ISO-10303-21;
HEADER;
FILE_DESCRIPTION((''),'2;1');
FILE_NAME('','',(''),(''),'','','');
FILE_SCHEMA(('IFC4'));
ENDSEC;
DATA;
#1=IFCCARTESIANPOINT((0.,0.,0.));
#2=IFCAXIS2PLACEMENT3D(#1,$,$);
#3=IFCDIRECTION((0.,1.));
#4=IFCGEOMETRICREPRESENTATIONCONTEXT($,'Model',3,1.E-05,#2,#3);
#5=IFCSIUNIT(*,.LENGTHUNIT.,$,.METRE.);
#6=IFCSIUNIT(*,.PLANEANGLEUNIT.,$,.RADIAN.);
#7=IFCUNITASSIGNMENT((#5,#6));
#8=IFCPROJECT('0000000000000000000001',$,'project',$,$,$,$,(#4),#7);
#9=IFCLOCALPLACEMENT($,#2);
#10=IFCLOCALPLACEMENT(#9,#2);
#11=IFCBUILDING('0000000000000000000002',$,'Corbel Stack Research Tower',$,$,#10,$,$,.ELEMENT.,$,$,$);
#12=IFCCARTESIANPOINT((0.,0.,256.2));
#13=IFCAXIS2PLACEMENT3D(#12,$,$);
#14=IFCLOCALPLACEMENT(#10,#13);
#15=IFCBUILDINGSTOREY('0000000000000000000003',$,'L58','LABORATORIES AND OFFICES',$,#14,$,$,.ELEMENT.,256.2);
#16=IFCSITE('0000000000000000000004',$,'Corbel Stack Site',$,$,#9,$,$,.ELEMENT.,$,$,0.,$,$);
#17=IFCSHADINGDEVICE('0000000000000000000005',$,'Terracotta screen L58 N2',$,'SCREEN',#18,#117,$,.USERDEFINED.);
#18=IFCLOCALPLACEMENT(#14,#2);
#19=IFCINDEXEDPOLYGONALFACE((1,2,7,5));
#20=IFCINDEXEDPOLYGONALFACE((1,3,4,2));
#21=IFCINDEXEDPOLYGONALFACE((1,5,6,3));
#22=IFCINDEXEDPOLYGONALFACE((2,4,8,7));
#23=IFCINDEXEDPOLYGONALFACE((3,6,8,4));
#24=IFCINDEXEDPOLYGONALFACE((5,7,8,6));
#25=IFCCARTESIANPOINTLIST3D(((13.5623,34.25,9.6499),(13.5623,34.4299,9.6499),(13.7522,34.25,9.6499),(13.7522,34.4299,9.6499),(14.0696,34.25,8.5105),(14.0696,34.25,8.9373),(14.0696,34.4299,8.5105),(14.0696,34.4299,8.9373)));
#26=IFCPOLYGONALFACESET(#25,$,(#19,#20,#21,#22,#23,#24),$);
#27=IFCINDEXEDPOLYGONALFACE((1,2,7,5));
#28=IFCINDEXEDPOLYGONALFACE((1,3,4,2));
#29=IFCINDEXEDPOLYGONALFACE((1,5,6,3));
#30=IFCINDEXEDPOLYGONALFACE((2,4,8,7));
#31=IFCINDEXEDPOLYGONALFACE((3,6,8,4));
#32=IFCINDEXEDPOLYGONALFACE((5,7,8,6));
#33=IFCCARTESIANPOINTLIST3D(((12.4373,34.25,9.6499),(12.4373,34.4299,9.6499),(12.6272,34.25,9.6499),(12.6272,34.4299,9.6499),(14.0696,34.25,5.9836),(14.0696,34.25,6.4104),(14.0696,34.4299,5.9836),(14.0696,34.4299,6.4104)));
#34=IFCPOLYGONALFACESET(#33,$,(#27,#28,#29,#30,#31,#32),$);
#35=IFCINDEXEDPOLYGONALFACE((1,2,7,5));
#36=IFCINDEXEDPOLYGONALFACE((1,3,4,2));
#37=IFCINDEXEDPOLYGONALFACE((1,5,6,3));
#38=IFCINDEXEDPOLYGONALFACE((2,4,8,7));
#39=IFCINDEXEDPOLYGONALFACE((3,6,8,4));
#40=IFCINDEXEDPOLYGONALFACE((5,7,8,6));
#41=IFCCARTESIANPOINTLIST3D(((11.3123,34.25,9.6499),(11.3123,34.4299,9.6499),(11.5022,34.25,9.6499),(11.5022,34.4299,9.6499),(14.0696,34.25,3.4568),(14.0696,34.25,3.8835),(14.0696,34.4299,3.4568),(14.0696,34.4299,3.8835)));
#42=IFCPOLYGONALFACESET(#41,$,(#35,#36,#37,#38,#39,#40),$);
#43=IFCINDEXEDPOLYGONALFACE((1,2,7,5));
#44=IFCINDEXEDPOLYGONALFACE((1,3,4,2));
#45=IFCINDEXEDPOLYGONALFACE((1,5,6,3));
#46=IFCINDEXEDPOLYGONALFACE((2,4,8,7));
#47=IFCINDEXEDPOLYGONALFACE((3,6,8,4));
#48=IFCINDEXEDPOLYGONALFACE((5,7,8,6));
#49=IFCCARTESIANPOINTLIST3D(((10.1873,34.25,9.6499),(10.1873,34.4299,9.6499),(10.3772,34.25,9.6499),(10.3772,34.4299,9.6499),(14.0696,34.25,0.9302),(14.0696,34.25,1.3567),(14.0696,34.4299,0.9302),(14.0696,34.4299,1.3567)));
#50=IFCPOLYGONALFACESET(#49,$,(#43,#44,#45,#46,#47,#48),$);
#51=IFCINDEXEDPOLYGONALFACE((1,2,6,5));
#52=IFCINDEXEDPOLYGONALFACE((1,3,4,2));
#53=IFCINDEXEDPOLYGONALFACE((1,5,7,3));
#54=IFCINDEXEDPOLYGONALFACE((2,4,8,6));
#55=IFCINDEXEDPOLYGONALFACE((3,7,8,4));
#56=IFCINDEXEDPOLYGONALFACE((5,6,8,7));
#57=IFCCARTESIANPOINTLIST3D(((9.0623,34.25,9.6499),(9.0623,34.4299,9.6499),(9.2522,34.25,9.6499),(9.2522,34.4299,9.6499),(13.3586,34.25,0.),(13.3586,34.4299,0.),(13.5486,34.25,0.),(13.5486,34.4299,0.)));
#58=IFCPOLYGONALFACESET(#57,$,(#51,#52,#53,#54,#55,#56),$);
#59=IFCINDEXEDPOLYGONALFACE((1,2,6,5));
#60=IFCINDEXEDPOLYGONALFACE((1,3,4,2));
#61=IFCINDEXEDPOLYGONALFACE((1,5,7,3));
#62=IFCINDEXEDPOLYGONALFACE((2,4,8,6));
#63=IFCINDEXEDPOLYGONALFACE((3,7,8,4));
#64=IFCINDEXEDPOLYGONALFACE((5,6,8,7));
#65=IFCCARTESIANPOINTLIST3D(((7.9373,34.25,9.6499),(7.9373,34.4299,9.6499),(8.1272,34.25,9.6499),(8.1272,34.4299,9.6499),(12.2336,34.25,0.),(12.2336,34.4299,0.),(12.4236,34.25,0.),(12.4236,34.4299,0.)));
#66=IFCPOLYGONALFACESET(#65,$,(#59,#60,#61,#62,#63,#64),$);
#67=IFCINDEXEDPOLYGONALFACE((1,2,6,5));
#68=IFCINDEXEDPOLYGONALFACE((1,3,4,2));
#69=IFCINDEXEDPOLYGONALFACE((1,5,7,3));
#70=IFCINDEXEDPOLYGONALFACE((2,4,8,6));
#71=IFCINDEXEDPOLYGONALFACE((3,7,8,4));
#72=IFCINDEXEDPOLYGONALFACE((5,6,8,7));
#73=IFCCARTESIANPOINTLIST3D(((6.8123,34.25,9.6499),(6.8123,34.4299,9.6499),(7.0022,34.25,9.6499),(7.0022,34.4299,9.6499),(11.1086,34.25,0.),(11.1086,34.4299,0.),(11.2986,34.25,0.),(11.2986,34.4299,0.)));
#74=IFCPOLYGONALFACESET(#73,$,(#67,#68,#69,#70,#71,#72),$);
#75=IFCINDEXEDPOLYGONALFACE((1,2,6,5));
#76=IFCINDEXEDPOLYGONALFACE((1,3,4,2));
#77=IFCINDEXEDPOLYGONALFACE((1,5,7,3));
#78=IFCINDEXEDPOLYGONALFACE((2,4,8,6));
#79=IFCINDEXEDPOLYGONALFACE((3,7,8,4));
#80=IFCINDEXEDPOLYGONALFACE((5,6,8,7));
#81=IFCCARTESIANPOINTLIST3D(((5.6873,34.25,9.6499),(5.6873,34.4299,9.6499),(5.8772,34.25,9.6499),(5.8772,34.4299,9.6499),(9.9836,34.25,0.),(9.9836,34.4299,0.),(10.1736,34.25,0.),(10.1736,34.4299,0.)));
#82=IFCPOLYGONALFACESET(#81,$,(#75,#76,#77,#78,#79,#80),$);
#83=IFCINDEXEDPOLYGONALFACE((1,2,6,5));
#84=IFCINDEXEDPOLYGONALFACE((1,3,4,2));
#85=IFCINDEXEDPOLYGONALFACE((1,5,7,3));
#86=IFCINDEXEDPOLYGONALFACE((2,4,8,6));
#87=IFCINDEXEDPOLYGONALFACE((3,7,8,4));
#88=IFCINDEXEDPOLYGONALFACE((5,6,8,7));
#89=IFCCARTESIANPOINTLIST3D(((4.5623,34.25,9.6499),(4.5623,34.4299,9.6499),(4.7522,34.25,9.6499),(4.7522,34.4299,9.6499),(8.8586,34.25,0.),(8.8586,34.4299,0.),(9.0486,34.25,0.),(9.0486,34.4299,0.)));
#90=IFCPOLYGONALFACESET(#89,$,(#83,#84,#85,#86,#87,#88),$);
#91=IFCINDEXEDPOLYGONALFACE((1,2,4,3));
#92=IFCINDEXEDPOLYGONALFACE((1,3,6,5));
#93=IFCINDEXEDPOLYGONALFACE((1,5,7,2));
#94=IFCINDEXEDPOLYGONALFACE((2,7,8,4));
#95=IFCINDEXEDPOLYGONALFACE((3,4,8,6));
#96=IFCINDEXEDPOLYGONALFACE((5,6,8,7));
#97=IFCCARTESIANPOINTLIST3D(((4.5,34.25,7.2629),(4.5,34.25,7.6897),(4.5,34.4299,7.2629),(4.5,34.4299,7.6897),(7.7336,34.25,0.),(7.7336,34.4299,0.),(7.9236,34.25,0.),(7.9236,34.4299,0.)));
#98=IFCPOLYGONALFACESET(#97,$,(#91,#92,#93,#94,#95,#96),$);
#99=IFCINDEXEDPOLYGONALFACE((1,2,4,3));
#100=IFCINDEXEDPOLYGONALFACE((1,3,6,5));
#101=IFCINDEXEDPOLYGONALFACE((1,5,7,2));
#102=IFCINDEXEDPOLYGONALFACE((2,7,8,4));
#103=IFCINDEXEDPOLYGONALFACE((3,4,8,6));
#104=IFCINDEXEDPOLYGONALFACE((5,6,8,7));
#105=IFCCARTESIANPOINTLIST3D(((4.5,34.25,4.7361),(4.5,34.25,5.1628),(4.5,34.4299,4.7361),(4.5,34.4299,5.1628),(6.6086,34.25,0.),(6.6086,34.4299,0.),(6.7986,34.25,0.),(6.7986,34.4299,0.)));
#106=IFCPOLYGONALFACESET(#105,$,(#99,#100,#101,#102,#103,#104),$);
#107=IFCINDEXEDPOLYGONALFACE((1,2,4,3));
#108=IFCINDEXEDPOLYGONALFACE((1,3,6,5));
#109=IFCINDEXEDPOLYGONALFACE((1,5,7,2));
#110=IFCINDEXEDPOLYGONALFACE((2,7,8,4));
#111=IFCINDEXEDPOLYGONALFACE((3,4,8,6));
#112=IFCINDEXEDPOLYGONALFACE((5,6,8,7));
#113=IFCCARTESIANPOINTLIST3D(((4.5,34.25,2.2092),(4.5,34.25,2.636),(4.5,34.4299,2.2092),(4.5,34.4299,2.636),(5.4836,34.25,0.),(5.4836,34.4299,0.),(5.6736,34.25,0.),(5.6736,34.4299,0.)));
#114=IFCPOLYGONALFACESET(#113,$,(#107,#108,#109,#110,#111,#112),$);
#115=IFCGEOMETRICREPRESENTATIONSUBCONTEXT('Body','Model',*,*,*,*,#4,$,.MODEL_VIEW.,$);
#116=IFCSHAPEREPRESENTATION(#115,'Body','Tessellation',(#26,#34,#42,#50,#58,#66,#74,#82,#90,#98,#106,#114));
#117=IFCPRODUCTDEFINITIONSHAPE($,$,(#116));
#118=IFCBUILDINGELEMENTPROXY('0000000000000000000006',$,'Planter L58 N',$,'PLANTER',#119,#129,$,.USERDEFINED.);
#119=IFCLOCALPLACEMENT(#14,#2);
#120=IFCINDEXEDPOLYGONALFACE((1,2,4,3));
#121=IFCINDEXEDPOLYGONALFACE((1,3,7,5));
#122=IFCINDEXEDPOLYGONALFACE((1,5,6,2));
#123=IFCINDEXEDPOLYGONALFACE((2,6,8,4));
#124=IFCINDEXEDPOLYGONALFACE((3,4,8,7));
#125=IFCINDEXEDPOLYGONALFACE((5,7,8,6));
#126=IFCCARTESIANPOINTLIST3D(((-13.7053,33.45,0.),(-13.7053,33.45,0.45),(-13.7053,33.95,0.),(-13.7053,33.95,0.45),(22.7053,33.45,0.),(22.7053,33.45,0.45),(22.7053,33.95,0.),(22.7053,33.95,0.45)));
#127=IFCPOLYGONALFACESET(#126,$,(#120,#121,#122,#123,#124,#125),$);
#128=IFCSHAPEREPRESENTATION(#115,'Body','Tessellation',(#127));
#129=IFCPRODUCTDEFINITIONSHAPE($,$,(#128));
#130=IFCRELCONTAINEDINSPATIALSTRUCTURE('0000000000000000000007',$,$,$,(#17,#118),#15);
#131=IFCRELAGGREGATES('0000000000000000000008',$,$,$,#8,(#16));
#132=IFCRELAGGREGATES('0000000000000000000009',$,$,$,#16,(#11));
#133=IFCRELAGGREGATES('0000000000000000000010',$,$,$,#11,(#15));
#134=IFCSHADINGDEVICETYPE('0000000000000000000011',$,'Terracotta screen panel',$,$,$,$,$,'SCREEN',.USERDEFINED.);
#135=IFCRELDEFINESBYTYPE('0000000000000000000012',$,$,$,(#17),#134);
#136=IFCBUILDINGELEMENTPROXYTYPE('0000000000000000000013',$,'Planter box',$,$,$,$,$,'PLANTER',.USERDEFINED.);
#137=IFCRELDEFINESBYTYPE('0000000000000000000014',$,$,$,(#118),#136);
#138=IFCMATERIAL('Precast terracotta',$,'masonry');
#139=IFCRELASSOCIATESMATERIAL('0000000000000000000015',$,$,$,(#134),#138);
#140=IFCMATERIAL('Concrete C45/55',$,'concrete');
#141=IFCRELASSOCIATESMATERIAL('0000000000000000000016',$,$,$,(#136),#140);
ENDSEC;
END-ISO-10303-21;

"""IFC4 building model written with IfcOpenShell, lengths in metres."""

from ifc_helpers import new_model, si_unit, direction, frame, origin, origin_2d, place, context, subcontext, project, spatial, polyline, rectangle, outline, extrude, source, transform, mapped, material, type_object, element, save


model = new_model("IFC4")

# Units and contexts
model_context = context("Model", 3, precision=1e-05, world=origin(), true_north=direction((0.0, 1.0)))
body_context = subcontext(model_context, "Body", "Model", "MODEL_VIEW")
ifc_project = project(units=[si_unit("LENGTHUNIT", "METRE"), si_unit("PLANEANGLEUNIT", "RADIAN")], contexts=[model_context])

# Site, building, storey
site_placement = place(None, origin())
site = spatial("IfcSite", under=ifc_project, at=site_placement, Name="Corbel Stack Site", CompositionType="ELEMENT", RefElevation=0.0)
building_placement = place(site_placement, origin())
building = spatial("IfcBuilding", under=site, at=building_placement, Name="Corbel Stack Research Tower", CompositionType="ELEMENT")
storey_placement = place(building_placement, frame((0.0, 0.0, 256.2)))
storey = spatial("IfcBuildingStorey", under=building, at=storey_placement, Name="L58", Description="LABORATORIES AND OFFICES", CompositionType="ELEMENT", Elevation=256.2)

# Shading device
ifc_material_1 = material(Name="Precast terracotta", Category="masonry")
shading_device_type = type_object("IfcShadingDeviceType", Name="Terracotta screen panel", ElementType="SCREEN", PredefinedType="USERDEFINED", material=ifc_material_1)
shared_shape_1 = source(origin(), body_context, "Body", "SweptSolid", [
    extrude(outline(polyline([(0.5073, 9.6499), (0.3174, 9.6499), (0.0, 8.9373), (0.0, 8.5105), (0.5073, 9.6499)])), frame((0.0, 0.0, 0.0), z_axis=(0.0, -1.0, 0.0), x_axis=(1.0, 0.0, 0.0)), (0.0, 0.0, 1.0), 0.1799),
    extrude(outline(polyline([(1.6323, 9.6499), (1.4424, 9.6499), (0.0, 6.4104), (0.0, 5.9836), (1.6323, 9.6499)])), frame((0.0, 0.0, 0.0), z_axis=(0.0, -1.0, 0.0), x_axis=(1.0, 0.0, 0.0)), (0.0, 0.0, 1.0), 0.1799),
    extrude(outline(polyline([(2.7573, 9.6499), (2.5674, 9.6499), (0.0, 3.8835), (0.0, 3.4568), (2.7573, 9.6499)])), frame((0.0, 0.0, 0.0), z_axis=(0.0, -1.0, 0.0), x_axis=(1.0, 0.0, 0.0)), (0.0, 0.0, 1.0), 0.1799),
    extrude(outline(polyline([(3.8823, 9.6499), (3.6924, 9.6499), (0.0, 1.3567), (0.0, 0.9302), (3.8823, 9.6499)])), frame((0.0, 0.0, 0.0), z_axis=(0.0, -1.0, 0.0), x_axis=(1.0, 0.0, 0.0)), (0.0, 0.0, 1.0), 0.1799),
    extrude(outline(polyline([(0.7109, 0.0), (5.0073, 9.6499), (4.8174, 9.6499), (0.521, 0.0), (0.7109, 0.0)])), frame((0.0, 0.0, 0.0), z_axis=(0.0, -1.0, 0.0), x_axis=(1.0, 0.0, 0.0)), (0.0, 0.0, 1.0), 0.1799),
    extrude(outline(polyline([(1.8359, 0.0), (6.1323, 9.6499), (5.9424, 9.6499), (1.646, 0.0), (1.8359, 0.0)])), frame((0.0, 0.0, 0.0), z_axis=(0.0, -1.0, 0.0), x_axis=(1.0, 0.0, 0.0)), (0.0, 0.0, 1.0), 0.1799),
    extrude(outline(polyline([(2.9609, 0.0), (7.2573, 9.6499), (7.0674, 9.6499), (2.771, 0.0), (2.9609, 0.0)])), frame((0.0, 0.0, 0.0), z_axis=(0.0, -1.0, 0.0), x_axis=(1.0, 0.0, 0.0)), (0.0, 0.0, 1.0), 0.1799),
    extrude(outline(polyline([(4.0859, 0.0), (8.3823, 9.6499), (8.1924, 9.6499), (3.896, 0.0), (4.0859, 0.0)])), frame((0.0, 0.0, 0.0), z_axis=(0.0, -1.0, 0.0), x_axis=(1.0, 0.0, 0.0)), (0.0, 0.0, 1.0), 0.1799),
    extrude(outline(polyline([(5.2109, 0.0), (9.5073, 9.6499), (9.3174, 9.6499), (5.021, 0.0), (5.2109, 0.0)])), frame((0.0, 0.0, 0.0), z_axis=(0.0, -1.0, 0.0), x_axis=(1.0, 0.0, 0.0)), (0.0, 0.0, 1.0), 0.1799),
    extrude(outline(polyline([(6.3359, 0.0), (9.5696, 7.2629), (9.5696, 7.6897), (6.146, 0.0), (6.3359, 0.0)])), frame((0.0, 0.0, 0.0), z_axis=(0.0, -1.0, 0.0), x_axis=(1.0, 0.0, 0.0)), (0.0, 0.0, 1.0), 0.1799),
    extrude(outline(polyline([(7.4609, 0.0), (9.5696, 4.7361), (9.5696, 5.1628), (7.271, 0.0), (7.4609, 0.0)])), frame((0.0, 0.0, 0.0), z_axis=(0.0, -1.0, 0.0), x_axis=(1.0, 0.0, 0.0)), (0.0, 0.0, 1.0), 0.1799),
    extrude(outline(polyline([(8.5859, 0.0), (9.5696, 2.2092), (9.5696, 2.636), (8.396, 0.0), (8.5859, 0.0)])), frame((0.0, 0.0, 0.0), z_axis=(0.0, -1.0, 0.0), x_axis=(1.0, 0.0, 0.0)), (0.0, 0.0, 1.0), 0.1799),
])
shading_device_1_placement = place(storey_placement, frame((14.0696, 34.25, 0.0), z_axis=(0.0, 0.0, 1.0), x_axis=(-1.0, 0.0, 0.0)))
element("IfcShadingDevice", 1, at=shading_device_1_placement, inside=storey, type_object=shading_device_type, Name="Terracotta screen L58 N2", ObjectType="SCREEN", PredefinedType="USERDEFINED", context=body_context, shape_type="MappedRepresentation", body=[
    mapped(shared_shape_1, transform((0.0, 0.0, 0.0))),
])

# Building element proxy
ifc_material_2 = material(Name="Concrete C45/55", Category="concrete")
building_element_proxy_type = type_object("IfcBuildingElementProxyType", Name="Planter box", ElementType="PLANTER", PredefinedType="USERDEFINED", material=ifc_material_2)
proxy_placement = place(storey_placement, frame((4.5, 33.7, 0.0), z_axis=(0.0, 0.0, 1.0), x_axis=(-1.0, 0.0, 0.0)))
element("IfcBuildingElementProxy", 2, at=proxy_placement, inside=storey, type_object=building_element_proxy_type, Name="Planter L58 N", ObjectType="PLANTER", PredefinedType="USERDEFINED", context=body_context, shape_type="SweptSolid", body=[
    extrude(rectangle(XDim=36.4106, YDim=0.5, at=origin_2d()), origin(), (0.0, 0.0, 1.0), 0.45),
])

save(model, "model.ifc")
